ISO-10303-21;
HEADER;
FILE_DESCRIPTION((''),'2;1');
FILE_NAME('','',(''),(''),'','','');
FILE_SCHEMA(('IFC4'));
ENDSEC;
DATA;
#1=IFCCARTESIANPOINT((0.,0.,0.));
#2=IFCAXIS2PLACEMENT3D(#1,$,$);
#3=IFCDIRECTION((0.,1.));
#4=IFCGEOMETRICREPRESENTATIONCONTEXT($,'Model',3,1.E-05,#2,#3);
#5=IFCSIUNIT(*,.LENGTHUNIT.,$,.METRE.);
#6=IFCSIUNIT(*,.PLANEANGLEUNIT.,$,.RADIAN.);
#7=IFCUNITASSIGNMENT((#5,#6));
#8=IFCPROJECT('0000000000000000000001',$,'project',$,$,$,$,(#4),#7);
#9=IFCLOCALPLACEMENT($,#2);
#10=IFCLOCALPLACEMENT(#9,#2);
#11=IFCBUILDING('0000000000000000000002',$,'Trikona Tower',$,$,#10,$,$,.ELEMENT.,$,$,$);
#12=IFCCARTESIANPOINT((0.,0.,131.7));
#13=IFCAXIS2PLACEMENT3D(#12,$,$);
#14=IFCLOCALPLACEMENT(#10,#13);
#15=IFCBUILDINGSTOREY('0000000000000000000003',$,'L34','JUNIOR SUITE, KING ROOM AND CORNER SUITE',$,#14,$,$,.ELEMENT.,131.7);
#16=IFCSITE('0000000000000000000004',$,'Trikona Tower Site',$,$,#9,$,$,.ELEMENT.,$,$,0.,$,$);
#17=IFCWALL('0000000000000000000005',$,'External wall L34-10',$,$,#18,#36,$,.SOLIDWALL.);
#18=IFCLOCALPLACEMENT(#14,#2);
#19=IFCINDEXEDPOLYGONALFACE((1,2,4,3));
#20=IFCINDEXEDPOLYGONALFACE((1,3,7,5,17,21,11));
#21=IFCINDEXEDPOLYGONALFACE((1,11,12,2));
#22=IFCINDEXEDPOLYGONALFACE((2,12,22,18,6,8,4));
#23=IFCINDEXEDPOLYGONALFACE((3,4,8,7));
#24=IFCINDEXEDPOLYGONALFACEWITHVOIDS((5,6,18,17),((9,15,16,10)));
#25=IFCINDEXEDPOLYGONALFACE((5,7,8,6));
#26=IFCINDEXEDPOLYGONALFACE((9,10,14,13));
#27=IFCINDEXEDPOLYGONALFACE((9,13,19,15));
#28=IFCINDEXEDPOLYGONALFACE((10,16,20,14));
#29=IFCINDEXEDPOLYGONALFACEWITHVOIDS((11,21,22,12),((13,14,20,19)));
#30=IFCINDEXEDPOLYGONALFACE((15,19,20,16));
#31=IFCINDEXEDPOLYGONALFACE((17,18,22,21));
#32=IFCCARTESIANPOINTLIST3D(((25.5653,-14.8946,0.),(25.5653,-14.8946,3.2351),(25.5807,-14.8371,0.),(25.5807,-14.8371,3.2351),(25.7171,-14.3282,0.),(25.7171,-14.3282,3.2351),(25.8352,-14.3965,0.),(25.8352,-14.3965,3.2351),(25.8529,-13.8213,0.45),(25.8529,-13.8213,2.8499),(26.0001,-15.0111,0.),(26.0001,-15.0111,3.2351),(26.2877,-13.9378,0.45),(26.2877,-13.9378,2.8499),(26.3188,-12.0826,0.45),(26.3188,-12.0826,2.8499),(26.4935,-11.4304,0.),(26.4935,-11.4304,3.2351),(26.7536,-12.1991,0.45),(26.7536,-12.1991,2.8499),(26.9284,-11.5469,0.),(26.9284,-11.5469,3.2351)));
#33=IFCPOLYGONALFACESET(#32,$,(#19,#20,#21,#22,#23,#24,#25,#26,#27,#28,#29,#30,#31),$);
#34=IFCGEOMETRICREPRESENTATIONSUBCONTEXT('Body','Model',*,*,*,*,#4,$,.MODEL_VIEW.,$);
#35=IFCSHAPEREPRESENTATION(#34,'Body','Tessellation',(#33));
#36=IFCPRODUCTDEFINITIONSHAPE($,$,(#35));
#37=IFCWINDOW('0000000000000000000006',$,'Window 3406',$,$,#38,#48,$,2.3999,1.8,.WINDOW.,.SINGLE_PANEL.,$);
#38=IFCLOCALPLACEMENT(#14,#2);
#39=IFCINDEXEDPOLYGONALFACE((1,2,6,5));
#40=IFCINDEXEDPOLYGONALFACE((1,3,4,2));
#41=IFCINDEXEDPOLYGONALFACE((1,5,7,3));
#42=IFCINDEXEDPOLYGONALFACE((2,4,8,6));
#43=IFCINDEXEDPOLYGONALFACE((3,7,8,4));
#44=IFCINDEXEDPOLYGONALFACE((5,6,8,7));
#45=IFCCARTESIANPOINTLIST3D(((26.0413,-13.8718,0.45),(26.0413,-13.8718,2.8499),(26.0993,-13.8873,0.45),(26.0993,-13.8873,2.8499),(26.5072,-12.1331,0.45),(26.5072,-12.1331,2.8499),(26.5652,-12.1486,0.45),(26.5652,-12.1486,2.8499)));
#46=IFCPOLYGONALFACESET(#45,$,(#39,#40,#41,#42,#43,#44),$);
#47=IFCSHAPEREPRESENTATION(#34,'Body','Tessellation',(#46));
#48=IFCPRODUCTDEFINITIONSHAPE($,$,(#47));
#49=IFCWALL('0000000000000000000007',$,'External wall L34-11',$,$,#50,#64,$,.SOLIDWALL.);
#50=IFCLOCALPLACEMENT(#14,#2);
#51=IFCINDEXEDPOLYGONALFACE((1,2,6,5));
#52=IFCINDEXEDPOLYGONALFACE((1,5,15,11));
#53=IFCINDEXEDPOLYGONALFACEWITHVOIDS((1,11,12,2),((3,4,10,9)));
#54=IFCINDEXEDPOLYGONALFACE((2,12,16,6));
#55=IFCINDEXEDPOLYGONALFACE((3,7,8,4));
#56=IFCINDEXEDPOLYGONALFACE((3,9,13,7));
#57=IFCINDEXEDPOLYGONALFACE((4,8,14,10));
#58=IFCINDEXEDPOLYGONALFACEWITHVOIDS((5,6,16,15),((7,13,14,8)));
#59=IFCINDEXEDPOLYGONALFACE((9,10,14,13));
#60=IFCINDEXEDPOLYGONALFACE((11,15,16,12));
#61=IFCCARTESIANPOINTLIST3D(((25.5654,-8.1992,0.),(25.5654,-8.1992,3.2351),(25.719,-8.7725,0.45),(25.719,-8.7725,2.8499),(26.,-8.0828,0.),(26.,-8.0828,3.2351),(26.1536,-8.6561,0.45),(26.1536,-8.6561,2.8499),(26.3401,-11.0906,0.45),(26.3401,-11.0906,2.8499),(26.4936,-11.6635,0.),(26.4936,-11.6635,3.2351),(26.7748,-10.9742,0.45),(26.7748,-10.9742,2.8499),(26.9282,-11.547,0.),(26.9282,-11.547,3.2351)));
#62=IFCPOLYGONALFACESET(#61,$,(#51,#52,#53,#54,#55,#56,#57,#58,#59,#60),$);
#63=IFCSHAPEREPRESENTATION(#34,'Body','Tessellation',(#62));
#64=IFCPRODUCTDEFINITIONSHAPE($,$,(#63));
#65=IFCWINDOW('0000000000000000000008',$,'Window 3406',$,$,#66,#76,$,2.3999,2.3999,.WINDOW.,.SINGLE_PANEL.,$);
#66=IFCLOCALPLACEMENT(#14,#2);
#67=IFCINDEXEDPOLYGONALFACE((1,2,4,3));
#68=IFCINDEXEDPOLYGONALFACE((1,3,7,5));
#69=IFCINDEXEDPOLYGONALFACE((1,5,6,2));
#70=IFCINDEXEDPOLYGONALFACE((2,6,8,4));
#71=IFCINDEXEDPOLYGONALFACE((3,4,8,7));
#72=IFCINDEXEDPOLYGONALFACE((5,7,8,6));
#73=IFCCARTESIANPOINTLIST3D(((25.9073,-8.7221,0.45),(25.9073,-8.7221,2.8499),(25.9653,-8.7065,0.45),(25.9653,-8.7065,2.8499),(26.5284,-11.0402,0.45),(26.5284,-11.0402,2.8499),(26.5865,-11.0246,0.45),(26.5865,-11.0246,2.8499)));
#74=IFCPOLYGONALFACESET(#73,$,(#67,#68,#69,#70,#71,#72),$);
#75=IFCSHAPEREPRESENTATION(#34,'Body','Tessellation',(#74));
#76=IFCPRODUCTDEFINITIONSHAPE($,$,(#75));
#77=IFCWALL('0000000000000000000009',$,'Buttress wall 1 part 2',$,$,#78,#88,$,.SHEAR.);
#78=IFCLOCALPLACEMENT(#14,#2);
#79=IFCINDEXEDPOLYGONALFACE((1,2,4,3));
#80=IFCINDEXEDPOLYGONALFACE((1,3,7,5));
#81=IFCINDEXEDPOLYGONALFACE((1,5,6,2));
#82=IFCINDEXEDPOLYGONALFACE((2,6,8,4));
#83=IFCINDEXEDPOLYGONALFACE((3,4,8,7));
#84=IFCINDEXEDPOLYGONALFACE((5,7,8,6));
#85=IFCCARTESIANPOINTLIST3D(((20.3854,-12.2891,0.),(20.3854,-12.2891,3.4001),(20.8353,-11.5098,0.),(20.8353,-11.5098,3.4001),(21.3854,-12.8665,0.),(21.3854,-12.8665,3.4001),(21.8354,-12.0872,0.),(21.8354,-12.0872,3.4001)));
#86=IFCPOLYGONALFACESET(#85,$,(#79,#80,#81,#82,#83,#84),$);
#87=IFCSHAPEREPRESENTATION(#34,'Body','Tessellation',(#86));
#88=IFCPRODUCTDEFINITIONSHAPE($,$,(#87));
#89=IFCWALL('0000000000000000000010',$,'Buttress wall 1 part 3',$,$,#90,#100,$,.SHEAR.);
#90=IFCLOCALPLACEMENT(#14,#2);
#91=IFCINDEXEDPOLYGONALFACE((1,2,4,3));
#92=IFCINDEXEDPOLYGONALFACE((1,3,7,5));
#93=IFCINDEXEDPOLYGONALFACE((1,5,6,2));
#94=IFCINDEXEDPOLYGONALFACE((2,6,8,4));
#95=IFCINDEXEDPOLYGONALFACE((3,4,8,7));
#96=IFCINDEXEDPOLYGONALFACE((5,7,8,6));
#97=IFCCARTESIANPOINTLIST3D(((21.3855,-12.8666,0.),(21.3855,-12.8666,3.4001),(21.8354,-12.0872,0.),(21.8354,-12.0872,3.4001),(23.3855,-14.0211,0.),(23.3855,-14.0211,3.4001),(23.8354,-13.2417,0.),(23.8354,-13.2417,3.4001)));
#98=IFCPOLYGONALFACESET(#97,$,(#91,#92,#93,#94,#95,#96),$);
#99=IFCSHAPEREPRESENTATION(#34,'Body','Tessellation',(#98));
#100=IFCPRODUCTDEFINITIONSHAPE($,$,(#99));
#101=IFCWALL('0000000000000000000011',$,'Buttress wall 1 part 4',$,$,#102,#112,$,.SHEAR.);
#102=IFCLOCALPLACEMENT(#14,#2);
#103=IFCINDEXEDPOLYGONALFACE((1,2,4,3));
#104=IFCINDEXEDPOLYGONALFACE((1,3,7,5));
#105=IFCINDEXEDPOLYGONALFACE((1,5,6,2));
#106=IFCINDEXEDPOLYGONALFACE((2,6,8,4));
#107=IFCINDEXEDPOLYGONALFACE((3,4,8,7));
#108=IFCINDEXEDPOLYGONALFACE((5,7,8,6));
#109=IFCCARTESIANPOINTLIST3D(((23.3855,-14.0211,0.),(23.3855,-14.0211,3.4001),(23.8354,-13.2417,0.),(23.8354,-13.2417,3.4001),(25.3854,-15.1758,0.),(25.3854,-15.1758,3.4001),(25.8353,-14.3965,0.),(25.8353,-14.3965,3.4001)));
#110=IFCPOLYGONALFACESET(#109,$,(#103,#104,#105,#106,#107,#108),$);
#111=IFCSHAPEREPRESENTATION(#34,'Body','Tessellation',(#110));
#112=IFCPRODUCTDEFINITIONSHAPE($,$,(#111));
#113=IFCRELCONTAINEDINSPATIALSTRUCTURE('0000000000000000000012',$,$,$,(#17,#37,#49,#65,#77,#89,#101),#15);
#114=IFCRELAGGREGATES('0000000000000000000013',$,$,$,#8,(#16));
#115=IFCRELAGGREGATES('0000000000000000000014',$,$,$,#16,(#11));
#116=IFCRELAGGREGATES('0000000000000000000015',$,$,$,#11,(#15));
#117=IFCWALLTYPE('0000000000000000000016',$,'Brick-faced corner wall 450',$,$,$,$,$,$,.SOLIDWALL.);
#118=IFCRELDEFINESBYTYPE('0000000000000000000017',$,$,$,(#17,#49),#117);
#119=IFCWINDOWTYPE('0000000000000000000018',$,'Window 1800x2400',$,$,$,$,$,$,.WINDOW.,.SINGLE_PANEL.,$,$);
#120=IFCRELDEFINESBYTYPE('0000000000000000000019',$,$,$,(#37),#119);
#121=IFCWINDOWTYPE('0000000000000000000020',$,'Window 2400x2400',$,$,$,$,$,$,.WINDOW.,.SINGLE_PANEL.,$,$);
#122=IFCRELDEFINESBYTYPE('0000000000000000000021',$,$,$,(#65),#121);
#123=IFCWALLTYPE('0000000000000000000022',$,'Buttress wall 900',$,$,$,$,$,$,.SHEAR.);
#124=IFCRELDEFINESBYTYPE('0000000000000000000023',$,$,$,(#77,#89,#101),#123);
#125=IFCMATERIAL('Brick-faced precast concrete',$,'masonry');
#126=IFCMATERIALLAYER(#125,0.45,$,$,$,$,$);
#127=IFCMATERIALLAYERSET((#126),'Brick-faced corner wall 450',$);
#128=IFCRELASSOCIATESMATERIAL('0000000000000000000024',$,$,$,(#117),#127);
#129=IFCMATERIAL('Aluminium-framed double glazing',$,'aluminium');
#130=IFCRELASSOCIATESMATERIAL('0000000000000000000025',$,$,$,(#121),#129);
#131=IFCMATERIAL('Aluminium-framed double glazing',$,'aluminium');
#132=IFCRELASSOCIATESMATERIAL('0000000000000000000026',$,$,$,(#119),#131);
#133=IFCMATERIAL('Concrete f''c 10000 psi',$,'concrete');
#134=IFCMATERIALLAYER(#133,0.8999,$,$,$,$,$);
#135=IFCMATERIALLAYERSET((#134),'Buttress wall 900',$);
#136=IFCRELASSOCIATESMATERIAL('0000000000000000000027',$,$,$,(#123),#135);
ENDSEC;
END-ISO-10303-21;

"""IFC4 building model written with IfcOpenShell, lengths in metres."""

from ifc_helpers import new_model, si_unit, direction, frame, frame_2d, origin, place, context, subcontext, project, spatial, polyline, rectangle, outline, extrude, material, layer, layer_set, type_object, element, fill, save


model = new_model("IFC4")

# Units and contexts
model_context = context("Model", 3, precision=1e-05, world=origin(), true_north=direction((0.0, 1.0)))
body_context = subcontext(model_context, "Body", "Model", "MODEL_VIEW")
ifc_project = project(units=[si_unit("LENGTHUNIT", "METRE"), si_unit("PLANEANGLEUNIT", "RADIAN")], contexts=[model_context])

# Site, building, storey
site_placement = place(None, origin())
site = spatial("IfcSite", under=ifc_project, at=site_placement, Name="Trikona Tower Site", CompositionType="ELEMENT", RefElevation=0.0)
building_placement = place(site_placement, origin())
building = spatial("IfcBuilding", under=site, at=building_placement, Name="Trikona Tower", CompositionType="ELEMENT")
storey_placement = place(building_placement, frame((0.0, 0.0, 131.7)))
storey = spatial("IfcBuildingStorey", under=building, at=storey_placement, Name="L34", Description="JUNIOR SUITE, KING ROOM AND CORNER SUITE", CompositionType="ELEMENT", Elevation=131.7)

# Walls, openings, windows
ifc_material_1 = material(Name="Brick-faced precast concrete", Category="masonry")
ifc_layer_1 = layer(ifc_material_1, 0.45)
ifc_layer_set_1 = layer_set([ifc_layer_1], Name="Brick-faced corner wall 450")
wall_type_1 = type_object("IfcWallType", Name="Brick-faced corner wall 450", PredefinedType="SOLIDWALL", material=ifc_layer_set_1)
ifc_material_2 = material(Name="Aluminium-framed double glazing", Category="aluminium")
window_type_1 = type_object("IfcWindowType", Name="Window 2400x2400", PartitioningType="SINGLE_PANEL", PredefinedType="WINDOW", material=ifc_material_2)
ifc_material_3 = material(Name="Aluminium-framed double glazing", Category="aluminium")
window_type_2 = type_object("IfcWindowType", Name="Window 1800x2400", PartitioningType="SINGLE_PANEL", PredefinedType="WINDOW", material=ifc_material_3)
wall_1_placement = place(storey_placement, frame((25.7827, -14.9529, 0.0), z_axis=(0.0, 0.0, 1.0), x_axis=(0.258823, 0.965925, 0.0)))
wall_1 = element("IfcWall", 1, at=wall_1_placement, inside=storey, type_object=wall_type_1, Name="External wall L34-10", PredefinedType="SOLIDWALL", context=body_context, shape_type="SweptSolid", body=[
    extrude(outline(polyline([(3.5864, 0.2251), (0.5864, 0.2251), (0.551, 0.0933), (0.0596, 0.2251), (0.0, 0.2251), (0.0, -0.2251), (3.5864, -0.2251), (3.5864, 0.2251)])), origin(), (0.0, 0.0, 1.0), 3.2351),
])
opening_1_placement = place(wall_1_placement, frame((1.1113, 0.0, 0.45)))
opening_1 = element("IfcOpeningElement", 2, at=opening_1_placement, cuts=wall_1, PredefinedType="OPENING", context=body_context, shape_type="SweptSolid", body=[
    extrude(rectangle(XDim=1.8, YDim=2.3999, at=frame_2d((0.8999, 1.2))), frame((0.0, 0.2349, 0.0), z_axis=(0.0, -1.0, 0.0), x_axis=(1.0, 0.0, 0.0)), (0.0, 0.0, 1.0), 0.47),
])
window_1_placement = place(opening_1_placement, origin())
window_1 = element("IfcWindow", 3, at=window_1_placement, inside=storey, type_object=window_type_2, Name="Window 3406", OverallHeight=2.3999, OverallWidth=1.8, PartitioningType="SINGLE_PANEL", PredefinedType="WINDOW", context=body_context, shape_type="SweptSolid", body=[
    extrude(rectangle(XDim=1.8, YDim=2.3999, at=frame_2d((0.8999, 1.2))), frame((0.0, 0.03, 0.0), z_axis=(0.0, -1.0, 0.0), x_axis=(1.0, 0.0, 0.0)), (0.0, 0.0, 1.0), 0.0601),
])
fill(opening_1, window_1)
wall_2_placement = place(storey_placement, frame((26.7109, -11.6052, 0.0), z_axis=(0.0, 0.0, 1.0), x_axis=(-0.258823, 0.965925, 0.0)))
wall_2 = element("IfcWall", 4, at=wall_2_placement, inside=storey, type_object=wall_type_1, Name="External wall L34-11", PredefinedType="SOLIDWALL", context=body_context, shape_type="SweptSolid", body=[
    extrude(rectangle(XDim=3.5864, YDim=0.45, at=frame_2d((1.7932, 0.0))), origin(), (0.0, 0.0, 1.0), 3.2351),
])
opening_2_placement = place(wall_2_placement, frame((0.593, 0.0, 0.45)))
opening_2 = element("IfcOpeningElement", 5, at=opening_2_placement, cuts=wall_2, PredefinedType="OPENING", context=body_context, shape_type="SweptSolid", body=[
    extrude(rectangle(XDim=2.3999, YDim=2.3999, at=frame_2d((1.2, 1.2))), frame((0.0, 0.2349, 0.0), z_axis=(0.0, -1.0, 0.0), x_axis=(1.0, 0.0, 0.0)), (0.0, 0.0, 1.0), 0.47),
])
window_2_placement = place(opening_2_placement, origin())
window_2 = element("IfcWindow", 6, at=window_2_placement, inside=storey, type_object=window_type_1, Name="Window 3406", OverallHeight=2.3999, OverallWidth=2.3999, PartitioningType="SINGLE_PANEL", PredefinedType="WINDOW", context=body_context, shape_type="SweptSolid", body=[
    extrude(rectangle(XDim=2.3999, YDim=2.3999, at=frame_2d((1.2, 1.2))), frame((0.0, 0.03, 0.0), z_axis=(0.0, -1.0, 0.0), x_axis=(1.0, 0.0, 0.0)), (0.0, 0.0, 1.0), 0.0601),
])
fill(opening_2, window_2)

# Walls
ifc_material_4 = material(Name="Concrete f'c 10000 psi", Category="concrete")
ifc_layer_2 = layer(ifc_material_4, 0.8999)
ifc_layer_set_2 = layer_set([ifc_layer_2], Name="Buttress wall 900")
wall_type_2 = type_object("IfcWallType", Name="Buttress wall 900", PredefinedType="SHEAR", material=ifc_layer_set_2)
wall_3_placement = place(storey_placement, frame((20.6104, -11.8994, 0.0), z_axis=(0.0, 0.0, 1.0), x_axis=(0.86601, -0.500027, 0.0)))
element("IfcWall", 7, at=wall_3_placement, inside=storey, type_object=wall_type_2, Name="Buttress wall 1 part 2", PredefinedType="SHEAR", context=body_context, shape_type="SweptSolid", body=[
    extrude(rectangle(XDim=1.1548, YDim=0.8999, at=frame_2d((0.5774, 0.0))), origin(), (0.0, 0.0, 1.0), 3.4001),
])
for number, where, z_axis, x_axis, name in (
    (8, (21.6104, -12.4768, 0.0), (0.0, 0.0, 1.0), (0.866055, -0.499948, 0.0), "Buttress wall 1 part 3"),
    (9, (23.6104, -13.6313, 0.0), (0.0, 0.0, 1.0), (0.86601, -0.500027, 0.0), "Buttress wall 1 part 4"),
):
    element("IfcWall", number, at=place(storey_placement, frame(where, z_axis=z_axis, x_axis=x_axis)), inside=storey, type_object=wall_type_2, Name=name, PredefinedType="SHEAR", context=body_context, shape_type="SweptSolid", body=[
        extrude(rectangle(XDim=2.3093, YDim=0.8999, at=frame_2d((1.1548, 0.0))), origin(), (0.0, 0.0, 1.0), 3.4001),
    ])

save(model, "model.ifc")
